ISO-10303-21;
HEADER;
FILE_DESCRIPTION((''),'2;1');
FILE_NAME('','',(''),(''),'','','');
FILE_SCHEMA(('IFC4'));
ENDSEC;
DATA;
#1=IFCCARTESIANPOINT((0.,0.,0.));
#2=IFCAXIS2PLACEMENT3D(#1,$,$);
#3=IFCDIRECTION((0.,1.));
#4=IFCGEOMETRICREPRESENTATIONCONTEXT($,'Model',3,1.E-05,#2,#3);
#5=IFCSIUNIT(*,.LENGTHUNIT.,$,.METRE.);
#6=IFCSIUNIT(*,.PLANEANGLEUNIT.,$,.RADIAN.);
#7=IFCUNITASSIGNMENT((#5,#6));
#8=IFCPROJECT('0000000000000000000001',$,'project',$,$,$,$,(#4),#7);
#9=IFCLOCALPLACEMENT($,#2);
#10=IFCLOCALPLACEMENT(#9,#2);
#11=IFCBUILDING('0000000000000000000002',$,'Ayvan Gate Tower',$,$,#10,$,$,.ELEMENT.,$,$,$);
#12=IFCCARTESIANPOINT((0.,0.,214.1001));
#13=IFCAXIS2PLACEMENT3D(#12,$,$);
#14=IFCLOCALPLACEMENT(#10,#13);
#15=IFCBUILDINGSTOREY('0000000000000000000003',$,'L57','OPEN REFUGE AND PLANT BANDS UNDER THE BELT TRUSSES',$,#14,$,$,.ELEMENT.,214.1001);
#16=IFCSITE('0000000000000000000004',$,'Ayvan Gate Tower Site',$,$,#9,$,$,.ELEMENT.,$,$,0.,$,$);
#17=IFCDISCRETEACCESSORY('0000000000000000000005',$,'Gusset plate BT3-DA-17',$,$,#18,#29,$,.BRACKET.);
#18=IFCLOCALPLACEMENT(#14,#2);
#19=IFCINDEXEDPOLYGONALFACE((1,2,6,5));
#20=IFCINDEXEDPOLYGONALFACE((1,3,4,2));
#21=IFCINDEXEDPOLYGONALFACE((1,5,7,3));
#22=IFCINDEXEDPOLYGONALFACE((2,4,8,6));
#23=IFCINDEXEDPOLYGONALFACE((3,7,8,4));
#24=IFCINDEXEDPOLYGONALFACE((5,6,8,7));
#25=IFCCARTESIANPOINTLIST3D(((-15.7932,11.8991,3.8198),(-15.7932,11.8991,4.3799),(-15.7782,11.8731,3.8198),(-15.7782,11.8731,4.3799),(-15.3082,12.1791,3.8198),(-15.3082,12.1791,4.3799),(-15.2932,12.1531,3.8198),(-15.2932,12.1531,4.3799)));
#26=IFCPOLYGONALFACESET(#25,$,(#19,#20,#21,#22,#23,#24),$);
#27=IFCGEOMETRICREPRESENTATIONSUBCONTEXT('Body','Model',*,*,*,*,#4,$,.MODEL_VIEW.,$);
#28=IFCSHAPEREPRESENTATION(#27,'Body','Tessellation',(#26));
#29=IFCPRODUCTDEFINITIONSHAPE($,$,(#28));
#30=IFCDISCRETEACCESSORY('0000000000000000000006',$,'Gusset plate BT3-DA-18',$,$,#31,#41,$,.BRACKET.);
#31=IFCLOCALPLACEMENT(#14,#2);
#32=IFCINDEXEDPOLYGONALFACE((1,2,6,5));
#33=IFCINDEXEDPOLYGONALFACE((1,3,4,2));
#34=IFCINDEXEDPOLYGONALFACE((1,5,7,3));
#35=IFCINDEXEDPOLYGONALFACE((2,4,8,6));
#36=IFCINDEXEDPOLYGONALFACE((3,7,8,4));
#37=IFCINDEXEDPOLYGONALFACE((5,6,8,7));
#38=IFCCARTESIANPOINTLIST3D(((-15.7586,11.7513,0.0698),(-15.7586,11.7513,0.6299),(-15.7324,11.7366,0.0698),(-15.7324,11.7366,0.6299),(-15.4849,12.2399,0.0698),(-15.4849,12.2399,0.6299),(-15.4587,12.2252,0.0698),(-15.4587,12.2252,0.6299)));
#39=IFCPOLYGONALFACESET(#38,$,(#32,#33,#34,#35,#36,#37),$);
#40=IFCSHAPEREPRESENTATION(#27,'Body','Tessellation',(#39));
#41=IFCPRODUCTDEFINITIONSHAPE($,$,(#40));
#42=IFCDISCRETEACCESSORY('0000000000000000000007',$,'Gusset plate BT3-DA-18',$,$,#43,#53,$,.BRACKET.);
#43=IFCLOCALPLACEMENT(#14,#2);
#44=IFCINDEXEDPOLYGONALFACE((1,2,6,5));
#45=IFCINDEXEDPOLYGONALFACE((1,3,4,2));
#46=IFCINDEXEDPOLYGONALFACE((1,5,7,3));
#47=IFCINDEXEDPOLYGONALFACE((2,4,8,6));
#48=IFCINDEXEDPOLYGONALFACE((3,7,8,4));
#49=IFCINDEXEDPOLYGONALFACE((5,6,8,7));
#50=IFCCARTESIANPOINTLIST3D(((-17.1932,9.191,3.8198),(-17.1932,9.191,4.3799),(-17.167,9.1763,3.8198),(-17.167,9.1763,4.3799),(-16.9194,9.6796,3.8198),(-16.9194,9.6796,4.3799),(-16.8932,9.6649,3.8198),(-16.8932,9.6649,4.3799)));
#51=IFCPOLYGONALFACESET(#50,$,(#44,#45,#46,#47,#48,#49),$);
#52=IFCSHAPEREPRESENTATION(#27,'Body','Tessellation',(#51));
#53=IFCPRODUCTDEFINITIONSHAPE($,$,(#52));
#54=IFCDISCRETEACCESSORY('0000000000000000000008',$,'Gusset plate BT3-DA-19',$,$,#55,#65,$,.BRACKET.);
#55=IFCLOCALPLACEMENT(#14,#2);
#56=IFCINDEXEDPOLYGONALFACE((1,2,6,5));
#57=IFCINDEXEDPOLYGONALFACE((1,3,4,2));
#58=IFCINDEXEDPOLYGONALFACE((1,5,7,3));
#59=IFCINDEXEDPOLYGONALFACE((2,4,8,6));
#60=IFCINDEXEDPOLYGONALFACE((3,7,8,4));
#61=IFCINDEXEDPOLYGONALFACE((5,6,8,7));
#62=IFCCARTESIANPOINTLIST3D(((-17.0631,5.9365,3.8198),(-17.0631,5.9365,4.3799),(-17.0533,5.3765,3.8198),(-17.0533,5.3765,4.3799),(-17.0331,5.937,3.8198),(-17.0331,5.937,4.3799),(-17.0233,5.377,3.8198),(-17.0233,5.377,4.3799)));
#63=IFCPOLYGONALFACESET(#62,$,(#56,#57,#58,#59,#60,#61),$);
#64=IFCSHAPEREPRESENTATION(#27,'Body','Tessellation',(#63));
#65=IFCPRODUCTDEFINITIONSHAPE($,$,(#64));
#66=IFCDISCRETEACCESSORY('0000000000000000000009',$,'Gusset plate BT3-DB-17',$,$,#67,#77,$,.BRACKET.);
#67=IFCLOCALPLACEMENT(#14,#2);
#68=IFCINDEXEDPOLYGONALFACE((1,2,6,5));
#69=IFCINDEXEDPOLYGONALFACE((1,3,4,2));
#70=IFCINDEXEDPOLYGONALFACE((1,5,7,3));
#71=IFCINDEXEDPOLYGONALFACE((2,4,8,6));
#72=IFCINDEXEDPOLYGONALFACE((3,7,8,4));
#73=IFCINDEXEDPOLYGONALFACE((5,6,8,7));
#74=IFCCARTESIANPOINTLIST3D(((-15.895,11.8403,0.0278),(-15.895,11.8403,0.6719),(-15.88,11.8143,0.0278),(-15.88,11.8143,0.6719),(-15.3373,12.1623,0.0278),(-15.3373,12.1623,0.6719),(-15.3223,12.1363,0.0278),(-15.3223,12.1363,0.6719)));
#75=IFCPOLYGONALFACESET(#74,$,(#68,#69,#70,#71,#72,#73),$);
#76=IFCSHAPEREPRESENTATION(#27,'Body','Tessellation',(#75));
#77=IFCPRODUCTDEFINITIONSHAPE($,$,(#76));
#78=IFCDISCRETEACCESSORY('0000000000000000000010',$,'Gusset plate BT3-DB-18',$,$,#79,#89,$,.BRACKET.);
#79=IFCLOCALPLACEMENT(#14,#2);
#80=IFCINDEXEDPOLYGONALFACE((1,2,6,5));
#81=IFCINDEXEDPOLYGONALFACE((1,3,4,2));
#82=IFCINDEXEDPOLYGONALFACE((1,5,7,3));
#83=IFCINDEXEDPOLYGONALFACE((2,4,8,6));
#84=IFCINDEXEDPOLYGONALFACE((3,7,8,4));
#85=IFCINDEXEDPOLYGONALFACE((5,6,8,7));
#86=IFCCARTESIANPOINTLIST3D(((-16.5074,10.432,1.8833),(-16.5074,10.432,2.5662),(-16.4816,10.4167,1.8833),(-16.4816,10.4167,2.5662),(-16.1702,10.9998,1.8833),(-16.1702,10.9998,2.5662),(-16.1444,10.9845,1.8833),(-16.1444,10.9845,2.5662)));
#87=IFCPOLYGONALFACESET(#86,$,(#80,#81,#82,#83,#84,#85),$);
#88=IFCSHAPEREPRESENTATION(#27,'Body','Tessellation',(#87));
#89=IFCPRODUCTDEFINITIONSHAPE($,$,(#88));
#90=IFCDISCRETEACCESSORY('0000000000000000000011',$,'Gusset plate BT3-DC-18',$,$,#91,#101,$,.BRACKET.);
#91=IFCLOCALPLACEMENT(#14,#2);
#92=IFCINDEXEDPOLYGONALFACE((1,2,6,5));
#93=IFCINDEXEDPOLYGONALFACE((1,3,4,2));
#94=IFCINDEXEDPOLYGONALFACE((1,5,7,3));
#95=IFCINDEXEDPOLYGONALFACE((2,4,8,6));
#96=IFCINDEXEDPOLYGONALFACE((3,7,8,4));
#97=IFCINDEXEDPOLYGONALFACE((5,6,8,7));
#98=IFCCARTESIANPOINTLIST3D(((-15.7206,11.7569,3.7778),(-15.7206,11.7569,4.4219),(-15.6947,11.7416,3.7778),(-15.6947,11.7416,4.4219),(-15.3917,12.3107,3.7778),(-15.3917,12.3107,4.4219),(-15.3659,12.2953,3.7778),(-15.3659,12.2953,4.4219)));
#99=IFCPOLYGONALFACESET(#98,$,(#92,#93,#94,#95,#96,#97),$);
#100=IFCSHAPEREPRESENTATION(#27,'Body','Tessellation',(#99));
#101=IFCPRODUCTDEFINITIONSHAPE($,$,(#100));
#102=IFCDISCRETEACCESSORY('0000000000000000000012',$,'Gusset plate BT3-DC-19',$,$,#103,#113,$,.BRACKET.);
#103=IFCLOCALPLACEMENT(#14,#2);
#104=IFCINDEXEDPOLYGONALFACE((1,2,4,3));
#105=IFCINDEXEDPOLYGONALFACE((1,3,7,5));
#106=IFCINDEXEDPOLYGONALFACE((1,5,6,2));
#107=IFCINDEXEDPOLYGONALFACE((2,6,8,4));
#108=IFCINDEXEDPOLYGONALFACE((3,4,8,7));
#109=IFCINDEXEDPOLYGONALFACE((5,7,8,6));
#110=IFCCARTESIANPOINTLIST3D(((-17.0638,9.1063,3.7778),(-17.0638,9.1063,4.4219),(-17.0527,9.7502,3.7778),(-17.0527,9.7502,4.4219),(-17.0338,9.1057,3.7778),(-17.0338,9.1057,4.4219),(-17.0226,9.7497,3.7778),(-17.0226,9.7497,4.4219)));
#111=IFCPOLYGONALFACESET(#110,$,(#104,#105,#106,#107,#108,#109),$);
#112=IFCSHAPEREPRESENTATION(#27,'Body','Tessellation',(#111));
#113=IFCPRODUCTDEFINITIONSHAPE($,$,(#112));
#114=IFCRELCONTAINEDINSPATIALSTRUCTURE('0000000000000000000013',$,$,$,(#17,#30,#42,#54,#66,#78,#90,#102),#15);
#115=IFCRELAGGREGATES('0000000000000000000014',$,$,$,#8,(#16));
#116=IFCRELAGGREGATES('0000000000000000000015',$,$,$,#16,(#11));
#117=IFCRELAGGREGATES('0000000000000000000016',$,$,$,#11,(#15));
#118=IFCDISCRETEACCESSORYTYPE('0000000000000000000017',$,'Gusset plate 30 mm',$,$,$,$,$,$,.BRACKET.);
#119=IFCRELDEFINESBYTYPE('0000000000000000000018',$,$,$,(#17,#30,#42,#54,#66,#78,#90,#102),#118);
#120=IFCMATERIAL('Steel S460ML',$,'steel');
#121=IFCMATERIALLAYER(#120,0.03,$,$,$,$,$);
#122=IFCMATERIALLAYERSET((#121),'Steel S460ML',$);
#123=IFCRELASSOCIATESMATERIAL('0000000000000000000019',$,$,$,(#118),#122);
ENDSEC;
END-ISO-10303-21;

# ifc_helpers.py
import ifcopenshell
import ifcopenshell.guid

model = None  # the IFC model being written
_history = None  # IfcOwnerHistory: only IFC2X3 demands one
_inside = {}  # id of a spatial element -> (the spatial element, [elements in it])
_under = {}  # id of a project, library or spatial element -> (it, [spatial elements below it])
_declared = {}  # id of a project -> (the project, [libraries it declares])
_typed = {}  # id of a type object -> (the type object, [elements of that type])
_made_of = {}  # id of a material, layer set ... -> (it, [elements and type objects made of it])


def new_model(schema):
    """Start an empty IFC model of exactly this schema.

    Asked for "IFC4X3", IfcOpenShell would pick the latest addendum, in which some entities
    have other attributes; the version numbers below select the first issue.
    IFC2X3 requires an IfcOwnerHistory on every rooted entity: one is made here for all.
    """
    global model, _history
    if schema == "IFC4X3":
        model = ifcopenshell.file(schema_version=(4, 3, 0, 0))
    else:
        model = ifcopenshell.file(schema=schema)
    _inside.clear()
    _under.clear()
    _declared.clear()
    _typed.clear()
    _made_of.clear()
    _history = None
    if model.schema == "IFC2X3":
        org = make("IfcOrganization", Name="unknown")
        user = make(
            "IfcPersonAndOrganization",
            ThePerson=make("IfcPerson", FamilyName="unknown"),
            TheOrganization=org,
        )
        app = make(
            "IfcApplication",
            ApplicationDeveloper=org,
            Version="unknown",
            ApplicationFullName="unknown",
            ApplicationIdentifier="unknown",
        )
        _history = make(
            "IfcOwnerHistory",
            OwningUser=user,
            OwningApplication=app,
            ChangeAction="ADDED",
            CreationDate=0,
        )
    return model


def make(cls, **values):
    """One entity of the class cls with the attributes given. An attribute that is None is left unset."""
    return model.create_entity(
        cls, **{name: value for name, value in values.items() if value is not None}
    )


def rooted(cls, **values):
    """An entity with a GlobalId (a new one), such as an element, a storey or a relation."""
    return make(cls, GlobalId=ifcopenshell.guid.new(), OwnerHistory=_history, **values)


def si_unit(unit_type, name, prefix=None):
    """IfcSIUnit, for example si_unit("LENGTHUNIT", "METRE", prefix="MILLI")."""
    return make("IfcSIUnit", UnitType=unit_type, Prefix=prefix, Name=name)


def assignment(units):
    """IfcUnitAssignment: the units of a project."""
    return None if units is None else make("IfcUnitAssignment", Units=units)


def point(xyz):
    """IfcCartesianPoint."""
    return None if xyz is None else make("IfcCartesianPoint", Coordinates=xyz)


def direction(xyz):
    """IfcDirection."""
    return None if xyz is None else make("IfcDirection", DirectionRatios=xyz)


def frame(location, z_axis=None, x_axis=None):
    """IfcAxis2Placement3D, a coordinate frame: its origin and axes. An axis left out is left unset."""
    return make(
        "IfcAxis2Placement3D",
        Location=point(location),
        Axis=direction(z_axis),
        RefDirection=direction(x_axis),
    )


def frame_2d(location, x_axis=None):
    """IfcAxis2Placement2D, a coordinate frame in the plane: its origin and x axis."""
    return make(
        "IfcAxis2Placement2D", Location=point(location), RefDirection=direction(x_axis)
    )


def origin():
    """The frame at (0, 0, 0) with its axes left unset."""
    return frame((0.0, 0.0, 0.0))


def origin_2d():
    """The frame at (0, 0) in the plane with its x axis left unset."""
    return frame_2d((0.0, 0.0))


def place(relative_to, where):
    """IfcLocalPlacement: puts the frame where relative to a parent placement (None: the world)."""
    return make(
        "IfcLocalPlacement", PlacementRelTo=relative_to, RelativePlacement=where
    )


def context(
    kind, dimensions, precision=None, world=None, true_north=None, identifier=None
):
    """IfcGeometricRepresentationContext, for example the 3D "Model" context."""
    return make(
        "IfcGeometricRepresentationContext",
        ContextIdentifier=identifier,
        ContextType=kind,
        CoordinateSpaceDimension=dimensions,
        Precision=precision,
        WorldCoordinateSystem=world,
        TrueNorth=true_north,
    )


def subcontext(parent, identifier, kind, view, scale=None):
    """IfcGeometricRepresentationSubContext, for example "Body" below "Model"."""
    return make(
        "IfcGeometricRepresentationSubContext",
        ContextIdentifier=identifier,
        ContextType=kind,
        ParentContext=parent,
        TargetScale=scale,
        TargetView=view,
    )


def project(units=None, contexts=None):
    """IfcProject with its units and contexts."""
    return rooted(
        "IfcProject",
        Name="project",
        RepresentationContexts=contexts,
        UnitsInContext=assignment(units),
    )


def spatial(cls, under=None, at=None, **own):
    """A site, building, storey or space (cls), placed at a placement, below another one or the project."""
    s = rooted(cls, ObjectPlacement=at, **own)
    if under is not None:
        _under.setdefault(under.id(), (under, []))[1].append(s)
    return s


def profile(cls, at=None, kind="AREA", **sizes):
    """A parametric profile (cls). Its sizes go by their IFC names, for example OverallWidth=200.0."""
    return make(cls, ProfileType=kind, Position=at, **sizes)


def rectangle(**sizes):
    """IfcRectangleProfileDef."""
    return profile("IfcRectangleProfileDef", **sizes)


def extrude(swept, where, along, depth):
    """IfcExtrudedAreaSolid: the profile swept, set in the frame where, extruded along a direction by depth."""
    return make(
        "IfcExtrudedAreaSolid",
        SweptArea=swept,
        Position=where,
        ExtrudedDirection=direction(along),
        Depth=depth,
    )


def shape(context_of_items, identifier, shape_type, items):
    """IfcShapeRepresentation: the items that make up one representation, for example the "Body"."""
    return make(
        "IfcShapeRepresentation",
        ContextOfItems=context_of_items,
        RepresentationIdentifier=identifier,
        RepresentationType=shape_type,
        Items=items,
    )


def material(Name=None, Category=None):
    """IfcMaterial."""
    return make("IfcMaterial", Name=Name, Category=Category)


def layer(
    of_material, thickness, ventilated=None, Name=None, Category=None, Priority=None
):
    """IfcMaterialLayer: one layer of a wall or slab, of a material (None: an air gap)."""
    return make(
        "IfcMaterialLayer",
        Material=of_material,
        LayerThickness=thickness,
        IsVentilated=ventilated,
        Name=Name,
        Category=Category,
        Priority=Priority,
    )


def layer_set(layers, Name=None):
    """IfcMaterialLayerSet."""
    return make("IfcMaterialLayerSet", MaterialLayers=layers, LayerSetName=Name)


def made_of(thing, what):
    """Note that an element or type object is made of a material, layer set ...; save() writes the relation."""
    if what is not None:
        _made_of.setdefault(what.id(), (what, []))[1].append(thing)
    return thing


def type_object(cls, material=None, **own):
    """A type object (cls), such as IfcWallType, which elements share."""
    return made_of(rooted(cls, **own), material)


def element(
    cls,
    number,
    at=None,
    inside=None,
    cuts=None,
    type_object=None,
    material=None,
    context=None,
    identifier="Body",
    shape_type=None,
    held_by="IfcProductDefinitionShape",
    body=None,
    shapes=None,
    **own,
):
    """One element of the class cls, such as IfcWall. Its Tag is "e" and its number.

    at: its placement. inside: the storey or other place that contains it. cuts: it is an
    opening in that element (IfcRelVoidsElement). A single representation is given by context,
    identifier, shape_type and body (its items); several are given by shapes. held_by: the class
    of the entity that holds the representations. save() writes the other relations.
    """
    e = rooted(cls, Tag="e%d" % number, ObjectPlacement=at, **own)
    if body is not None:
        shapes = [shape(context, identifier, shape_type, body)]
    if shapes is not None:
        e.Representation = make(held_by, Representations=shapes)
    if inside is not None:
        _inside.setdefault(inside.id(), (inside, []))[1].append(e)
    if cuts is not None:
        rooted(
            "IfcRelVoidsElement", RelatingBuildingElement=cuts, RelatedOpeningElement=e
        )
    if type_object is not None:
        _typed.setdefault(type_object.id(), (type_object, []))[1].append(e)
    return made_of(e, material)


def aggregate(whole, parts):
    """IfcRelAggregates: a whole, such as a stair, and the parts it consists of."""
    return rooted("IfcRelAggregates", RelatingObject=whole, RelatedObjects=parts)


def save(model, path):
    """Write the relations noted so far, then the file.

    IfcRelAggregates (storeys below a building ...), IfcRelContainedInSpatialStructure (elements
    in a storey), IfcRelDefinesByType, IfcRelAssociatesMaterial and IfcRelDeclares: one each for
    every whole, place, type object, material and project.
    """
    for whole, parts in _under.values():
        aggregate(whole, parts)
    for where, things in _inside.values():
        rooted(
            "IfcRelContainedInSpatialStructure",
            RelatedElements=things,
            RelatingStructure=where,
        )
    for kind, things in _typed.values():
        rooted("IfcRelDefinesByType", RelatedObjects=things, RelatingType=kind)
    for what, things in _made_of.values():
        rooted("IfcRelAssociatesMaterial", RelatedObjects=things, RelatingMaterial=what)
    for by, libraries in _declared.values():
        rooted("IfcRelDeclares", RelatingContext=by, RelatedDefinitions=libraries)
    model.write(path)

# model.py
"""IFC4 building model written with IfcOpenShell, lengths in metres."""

from ifc_helpers import new_model, si_unit, direction, frame, origin, origin_2d, place, context, subcontext, project, spatial, rectangle, extrude, material, layer, layer_set, type_object, element, save


model = new_model("IFC4")

# Units and contexts
model_context = context("Model", 3, precision=1e-05, world=origin(), true_north=direction((0.0, 1.0)))
body_context = subcontext(model_context, "Body", "Model", "MODEL_VIEW")
ifc_project = project(units=[si_unit("LENGTHUNIT", "METRE"), si_unit("PLANEANGLEUNIT", "RADIAN")], contexts=[model_context])

# Site, building, storey
site_placement = place(None, origin())
site = spatial("IfcSite", under=ifc_project, at=site_placement, Name="Ayvan Gate Tower Site", CompositionType="ELEMENT", RefElevation=0.0)
building_placement = place(site_placement, origin())
building = spatial("IfcBuilding", under=site, at=building_placement, Name="Ayvan Gate Tower", CompositionType="ELEMENT")
storey_placement = place(building_placement, frame((0.0, 0.0, 214.1001)))
storey = spatial("IfcBuildingStorey", under=building, at=storey_placement, Name="L57", Description="OPEN REFUGE AND PLANT BANDS UNDER THE BELT TRUSSES", CompositionType="ELEMENT", Elevation=214.1001)

# Shared definitions
ifc_material_1 = material(Name="Steel S460ML", Category="steel")

# Discrete accessories
ifc_layer = layer(ifc_material_1, 0.03)
ifc_layer_set = layer_set([ifc_layer], Name="Steel S460ML")
discrete_accessory_type = type_object("IfcDiscreteAccessoryType", Name="Gusset plate 30 mm", PredefinedType="BRACKET", material=ifc_layer_set)
for number, where, z_axis, x_axis, name in (
    (1, (-15.5432, 12.0261, 3.8198), (0.0, 0.0, 1.0), (0.866025, 0.5, 0.0), "Gusset plate BT3-DA-17"),
    (2, (-15.6086, 11.9883, 0.0698), (0.0, 0.0, 1.0), (0.488807, 0.872392, 0.0), "Gusset plate BT3-DA-18"),
    (3, (-17.0432, 9.428, 3.8198), (0.0, 0.0, 1.0), (0.488807, 0.872392, 0.0), "Gusset plate BT3-DA-18"),
    (4, (-17.0432, 5.6567, 3.8198), (0.0, 0.0, 1.0), (-0.017529, 0.999846, 0.0), "Gusset plate BT3-DA-19"),
):
    element("IfcDiscreteAccessory", number, at=place(storey_placement, frame(where, z_axis=z_axis, x_axis=x_axis)), inside=storey, type_object=discrete_accessory_type, Name=name, PredefinedType="BRACKET", context=body_context, shape_type="SweptSolid", body=[
        extrude(rectangle(XDim=0.5601, YDim=0.03, at=origin_2d()), origin(), (0.0, 0.0, 1.0), 0.5601),
    ])
discrete_accessory_1_placement = place(storey_placement, frame((-15.6086, 11.9883, 0.0278), z_axis=(0.0, 0.0, 1.0), x_axis=(0.866025, 0.5, 0.0)))
element("IfcDiscreteAccessory", 5, at=discrete_accessory_1_placement, inside=storey, type_object=discrete_accessory_type, Name="Gusset plate BT3-DB-17", PredefinedType="BRACKET", context=body_context, shape_type="SweptSolid", body=[
    extrude(rectangle(XDim=0.644, YDim=0.03, at=origin_2d()), origin(), (0.0, 0.0, 1.0), 0.644),
])
discrete_accessory_2_placement = place(storey_placement, frame((-16.3259, 10.7083, 1.8833), z_axis=(0.0, 0.0, 1.0), x_axis=(0.510637, 0.859796, 0.0)))
element("IfcDiscreteAccessory", 6, at=discrete_accessory_2_placement, inside=storey, type_object=discrete_accessory_type, Name="Gusset plate BT3-DB-18", PredefinedType="BRACKET", context=body_context, shape_type="SweptSolid", body=[
    extrude(rectangle(XDim=0.6604, YDim=0.03, at=origin_2d()), origin(), (0.0, 0.0, 1.0), 0.6829),
])
for number, where, z_axis, x_axis, name in (
    (7, (-15.5432, 12.0261, 3.7778), (0.0, 0.0, 1.0), (0.510637, 0.859796, 0.0), "Gusset plate BT3-DC-18"),
    (8, (-17.0432, 9.428, 3.7778), (0.0, 0.0, 1.0), (0.01725, 0.999851, 0.0), "Gusset plate BT3-DC-19"),
):
    element("IfcDiscreteAccessory", number, at=place(storey_placement, frame(where, z_axis=z_axis, x_axis=x_axis)), inside=storey, type_object=discrete_accessory_type, Name=name, PredefinedType="BRACKET", context=body_context, shape_type="SweptSolid", body=[
        extrude(rectangle(XDim=0.644, YDim=0.03, at=origin_2d()), origin(), (0.0, 0.0, 1.0), 0.644),
    ])

save(model, "model.ifc")
